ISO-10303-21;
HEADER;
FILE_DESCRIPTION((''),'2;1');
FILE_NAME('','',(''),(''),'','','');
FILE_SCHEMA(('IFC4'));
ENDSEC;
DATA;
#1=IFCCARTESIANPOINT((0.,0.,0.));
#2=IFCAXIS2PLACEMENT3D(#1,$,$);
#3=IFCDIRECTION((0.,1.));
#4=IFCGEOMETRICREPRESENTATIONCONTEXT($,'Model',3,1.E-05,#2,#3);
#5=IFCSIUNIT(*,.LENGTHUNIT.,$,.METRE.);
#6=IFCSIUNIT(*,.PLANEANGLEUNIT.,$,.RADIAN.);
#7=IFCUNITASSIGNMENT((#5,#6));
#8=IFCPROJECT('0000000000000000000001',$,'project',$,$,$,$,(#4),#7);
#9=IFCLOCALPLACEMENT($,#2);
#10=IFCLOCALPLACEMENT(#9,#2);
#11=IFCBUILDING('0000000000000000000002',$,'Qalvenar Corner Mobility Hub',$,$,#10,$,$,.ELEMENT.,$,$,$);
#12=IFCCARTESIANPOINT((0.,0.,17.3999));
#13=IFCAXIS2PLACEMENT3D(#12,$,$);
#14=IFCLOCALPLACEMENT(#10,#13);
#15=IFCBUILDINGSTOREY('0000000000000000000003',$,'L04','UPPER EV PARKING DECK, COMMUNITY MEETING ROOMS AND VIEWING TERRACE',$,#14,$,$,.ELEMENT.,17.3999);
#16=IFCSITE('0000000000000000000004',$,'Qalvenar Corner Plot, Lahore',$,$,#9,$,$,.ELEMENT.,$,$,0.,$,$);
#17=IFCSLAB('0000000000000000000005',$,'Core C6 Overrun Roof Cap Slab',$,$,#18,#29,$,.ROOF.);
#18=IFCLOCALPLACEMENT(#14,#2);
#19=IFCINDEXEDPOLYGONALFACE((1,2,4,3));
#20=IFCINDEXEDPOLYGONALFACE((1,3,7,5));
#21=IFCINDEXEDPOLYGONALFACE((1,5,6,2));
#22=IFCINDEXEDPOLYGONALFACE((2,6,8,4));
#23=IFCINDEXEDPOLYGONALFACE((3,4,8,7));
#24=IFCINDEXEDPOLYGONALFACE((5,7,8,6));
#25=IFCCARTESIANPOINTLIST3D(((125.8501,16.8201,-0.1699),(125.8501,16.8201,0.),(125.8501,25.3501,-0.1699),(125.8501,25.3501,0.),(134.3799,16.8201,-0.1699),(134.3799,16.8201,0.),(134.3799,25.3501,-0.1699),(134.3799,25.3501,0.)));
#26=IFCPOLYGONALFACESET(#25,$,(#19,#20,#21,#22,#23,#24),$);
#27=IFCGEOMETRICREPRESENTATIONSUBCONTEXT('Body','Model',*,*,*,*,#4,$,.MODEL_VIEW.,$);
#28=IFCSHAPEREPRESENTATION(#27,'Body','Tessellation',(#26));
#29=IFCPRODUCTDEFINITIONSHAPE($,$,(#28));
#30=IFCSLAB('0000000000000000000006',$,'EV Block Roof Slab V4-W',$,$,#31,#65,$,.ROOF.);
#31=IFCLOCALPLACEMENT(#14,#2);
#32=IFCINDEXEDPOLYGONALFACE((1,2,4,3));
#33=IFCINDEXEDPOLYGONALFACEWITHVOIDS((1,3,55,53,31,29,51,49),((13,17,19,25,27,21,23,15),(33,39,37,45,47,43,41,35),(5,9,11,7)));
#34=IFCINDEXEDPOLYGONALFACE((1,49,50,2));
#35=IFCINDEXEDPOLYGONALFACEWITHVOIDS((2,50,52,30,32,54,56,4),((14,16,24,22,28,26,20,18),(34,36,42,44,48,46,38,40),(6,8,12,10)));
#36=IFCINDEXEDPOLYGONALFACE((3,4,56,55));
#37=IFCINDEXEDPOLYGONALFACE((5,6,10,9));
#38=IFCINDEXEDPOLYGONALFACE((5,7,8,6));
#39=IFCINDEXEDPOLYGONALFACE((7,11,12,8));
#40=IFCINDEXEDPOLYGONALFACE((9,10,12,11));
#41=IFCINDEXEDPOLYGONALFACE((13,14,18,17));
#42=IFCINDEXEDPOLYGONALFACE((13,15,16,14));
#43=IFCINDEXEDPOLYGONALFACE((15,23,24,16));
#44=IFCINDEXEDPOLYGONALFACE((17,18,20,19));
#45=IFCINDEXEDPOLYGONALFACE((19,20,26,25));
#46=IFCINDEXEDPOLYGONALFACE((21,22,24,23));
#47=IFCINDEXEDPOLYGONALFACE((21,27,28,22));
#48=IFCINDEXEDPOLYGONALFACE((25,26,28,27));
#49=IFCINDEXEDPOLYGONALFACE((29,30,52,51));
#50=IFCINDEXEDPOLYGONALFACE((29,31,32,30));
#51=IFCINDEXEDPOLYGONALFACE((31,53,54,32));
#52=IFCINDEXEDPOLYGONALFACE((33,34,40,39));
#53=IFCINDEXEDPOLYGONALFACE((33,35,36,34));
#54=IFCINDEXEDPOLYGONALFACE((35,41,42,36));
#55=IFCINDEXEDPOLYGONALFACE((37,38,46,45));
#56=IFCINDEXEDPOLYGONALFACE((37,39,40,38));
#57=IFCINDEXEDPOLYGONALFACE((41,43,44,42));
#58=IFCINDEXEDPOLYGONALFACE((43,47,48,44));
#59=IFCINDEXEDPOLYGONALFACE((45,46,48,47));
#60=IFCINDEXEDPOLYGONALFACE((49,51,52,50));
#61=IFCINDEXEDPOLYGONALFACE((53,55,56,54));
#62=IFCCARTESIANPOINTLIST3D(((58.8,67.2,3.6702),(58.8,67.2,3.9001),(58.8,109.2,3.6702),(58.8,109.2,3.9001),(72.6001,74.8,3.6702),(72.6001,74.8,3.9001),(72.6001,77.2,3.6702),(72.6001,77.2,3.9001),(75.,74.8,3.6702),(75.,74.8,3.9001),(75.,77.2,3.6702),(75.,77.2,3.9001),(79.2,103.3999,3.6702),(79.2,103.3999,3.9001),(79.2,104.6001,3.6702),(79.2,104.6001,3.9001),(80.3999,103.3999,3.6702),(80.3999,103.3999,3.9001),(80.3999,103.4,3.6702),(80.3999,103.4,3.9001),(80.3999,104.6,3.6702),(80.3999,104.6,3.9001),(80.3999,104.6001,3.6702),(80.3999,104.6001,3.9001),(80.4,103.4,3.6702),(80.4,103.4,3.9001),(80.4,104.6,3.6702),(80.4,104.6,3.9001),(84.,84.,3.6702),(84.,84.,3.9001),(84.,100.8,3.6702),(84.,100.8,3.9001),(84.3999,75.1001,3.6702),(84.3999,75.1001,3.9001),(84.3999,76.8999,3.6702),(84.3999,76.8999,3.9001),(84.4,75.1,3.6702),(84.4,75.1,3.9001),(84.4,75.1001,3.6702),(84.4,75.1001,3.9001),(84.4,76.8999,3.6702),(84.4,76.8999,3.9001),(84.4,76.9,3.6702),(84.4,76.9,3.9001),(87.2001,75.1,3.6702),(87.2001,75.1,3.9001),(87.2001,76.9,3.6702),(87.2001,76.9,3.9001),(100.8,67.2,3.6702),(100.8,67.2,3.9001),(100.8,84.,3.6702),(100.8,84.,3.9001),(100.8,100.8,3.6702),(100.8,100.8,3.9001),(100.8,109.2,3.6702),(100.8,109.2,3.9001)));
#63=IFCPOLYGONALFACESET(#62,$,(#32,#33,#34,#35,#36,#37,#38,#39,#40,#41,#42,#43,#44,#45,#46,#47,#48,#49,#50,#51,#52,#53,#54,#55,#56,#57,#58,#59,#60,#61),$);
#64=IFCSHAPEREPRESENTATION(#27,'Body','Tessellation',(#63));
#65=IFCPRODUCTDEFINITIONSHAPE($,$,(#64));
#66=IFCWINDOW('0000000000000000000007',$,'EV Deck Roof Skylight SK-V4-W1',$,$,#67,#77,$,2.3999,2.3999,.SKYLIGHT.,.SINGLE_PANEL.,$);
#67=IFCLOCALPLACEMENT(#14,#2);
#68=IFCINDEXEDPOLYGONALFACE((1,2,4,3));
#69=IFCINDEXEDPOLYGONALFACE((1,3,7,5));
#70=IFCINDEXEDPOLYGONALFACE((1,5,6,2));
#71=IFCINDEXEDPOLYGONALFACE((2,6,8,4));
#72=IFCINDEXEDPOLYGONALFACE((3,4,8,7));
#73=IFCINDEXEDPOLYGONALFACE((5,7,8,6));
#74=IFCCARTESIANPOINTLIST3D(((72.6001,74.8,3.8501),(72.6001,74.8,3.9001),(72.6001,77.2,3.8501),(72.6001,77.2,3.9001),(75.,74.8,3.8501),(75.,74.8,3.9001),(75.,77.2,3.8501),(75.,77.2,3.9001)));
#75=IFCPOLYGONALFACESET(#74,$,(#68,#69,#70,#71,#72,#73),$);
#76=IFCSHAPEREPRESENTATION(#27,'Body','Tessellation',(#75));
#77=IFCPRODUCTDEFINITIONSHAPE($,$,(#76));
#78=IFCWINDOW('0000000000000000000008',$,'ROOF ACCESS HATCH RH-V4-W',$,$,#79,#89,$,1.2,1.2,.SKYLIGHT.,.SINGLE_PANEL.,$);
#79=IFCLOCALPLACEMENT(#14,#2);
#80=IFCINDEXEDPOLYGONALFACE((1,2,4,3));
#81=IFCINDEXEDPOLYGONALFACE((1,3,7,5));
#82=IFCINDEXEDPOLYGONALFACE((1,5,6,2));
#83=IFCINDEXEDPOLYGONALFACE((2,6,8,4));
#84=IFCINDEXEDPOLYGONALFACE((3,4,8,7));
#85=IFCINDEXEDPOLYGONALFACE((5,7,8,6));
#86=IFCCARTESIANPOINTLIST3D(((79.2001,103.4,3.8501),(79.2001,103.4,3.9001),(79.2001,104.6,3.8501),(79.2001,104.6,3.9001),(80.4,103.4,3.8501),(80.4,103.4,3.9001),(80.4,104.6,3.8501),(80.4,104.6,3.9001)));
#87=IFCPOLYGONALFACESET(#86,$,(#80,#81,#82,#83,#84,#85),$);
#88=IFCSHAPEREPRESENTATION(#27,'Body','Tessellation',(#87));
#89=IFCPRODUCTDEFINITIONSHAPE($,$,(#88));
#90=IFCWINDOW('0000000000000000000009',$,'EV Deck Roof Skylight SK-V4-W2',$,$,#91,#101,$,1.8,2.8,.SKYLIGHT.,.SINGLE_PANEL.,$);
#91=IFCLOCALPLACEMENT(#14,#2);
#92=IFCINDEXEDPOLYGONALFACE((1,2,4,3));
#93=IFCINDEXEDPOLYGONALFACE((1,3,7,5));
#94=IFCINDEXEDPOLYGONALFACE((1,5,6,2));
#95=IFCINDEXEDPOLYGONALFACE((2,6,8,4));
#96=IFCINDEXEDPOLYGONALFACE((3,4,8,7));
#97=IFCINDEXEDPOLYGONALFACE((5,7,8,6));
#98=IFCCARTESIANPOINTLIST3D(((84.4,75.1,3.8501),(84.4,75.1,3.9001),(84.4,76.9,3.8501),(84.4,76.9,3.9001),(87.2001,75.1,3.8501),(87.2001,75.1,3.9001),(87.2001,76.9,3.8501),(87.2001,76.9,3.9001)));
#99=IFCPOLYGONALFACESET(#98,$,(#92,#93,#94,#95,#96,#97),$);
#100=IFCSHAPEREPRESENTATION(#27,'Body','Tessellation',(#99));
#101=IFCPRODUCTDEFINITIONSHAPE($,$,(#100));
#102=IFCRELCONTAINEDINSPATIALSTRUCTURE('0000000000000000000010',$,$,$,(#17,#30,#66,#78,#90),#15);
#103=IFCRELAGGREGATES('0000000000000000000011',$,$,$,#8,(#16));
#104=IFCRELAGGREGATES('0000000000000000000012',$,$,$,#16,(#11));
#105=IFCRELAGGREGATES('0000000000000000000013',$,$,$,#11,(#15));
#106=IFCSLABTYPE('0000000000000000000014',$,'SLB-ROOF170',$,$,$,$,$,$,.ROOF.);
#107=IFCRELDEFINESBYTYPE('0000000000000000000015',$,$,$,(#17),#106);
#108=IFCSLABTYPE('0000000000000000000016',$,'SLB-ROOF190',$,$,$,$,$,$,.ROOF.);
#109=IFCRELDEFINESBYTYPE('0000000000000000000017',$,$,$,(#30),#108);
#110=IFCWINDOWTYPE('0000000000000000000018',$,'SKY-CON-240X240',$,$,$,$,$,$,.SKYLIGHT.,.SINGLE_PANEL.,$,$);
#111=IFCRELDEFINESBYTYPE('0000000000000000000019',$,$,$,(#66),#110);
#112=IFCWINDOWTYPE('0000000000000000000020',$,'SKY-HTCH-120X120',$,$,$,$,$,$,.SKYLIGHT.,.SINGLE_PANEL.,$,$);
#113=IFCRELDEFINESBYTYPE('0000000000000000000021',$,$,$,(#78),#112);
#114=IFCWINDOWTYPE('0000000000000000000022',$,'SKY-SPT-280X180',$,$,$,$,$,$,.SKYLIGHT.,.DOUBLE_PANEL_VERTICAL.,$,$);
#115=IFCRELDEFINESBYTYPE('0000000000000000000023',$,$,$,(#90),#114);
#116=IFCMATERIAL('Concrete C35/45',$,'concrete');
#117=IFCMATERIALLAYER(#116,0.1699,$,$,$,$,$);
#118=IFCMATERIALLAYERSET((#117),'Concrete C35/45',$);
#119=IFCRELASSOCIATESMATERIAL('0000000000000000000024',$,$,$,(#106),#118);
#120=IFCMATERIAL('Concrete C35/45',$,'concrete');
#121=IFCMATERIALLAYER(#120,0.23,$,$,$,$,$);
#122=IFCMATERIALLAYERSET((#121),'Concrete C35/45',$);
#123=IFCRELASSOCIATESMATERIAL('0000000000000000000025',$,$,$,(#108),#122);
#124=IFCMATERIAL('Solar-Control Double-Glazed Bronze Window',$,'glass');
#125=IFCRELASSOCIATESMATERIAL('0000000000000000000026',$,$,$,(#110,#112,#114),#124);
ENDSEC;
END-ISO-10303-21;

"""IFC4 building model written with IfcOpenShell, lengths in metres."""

from ifc_helpers import new_model, si_unit, direction, frame, origin, origin_2d, place, context, subcontext, project, spatial, polyline, rectangle, outline, extrude, material, layer, layer_set, type_object, element, fill, save


model = new_model("IFC4")

# Units and contexts
model_context = context("Model", 3, precision=1e-05, world=origin(), true_north=direction((0.0, 1.0)))
body_context = subcontext(model_context, "Body", "Model", "MODEL_VIEW")
ifc_project = project(units=[si_unit("LENGTHUNIT", "METRE"), si_unit("PLANEANGLEUNIT", "RADIAN")], contexts=[model_context])

# Site, building, storey
site_placement = place(None, origin())
site = spatial("IfcSite", under=ifc_project, at=site_placement, Name="Qalvenar Corner Plot, Lahore", CompositionType="ELEMENT", RefElevation=0.0)
building_placement = place(site_placement, origin())
building = spatial("IfcBuilding", under=site, at=building_placement, Name="Qalvenar Corner Mobility Hub", CompositionType="ELEMENT")
storey_placement = place(building_placement, frame((0.0, 0.0, 17.3999)))
storey = spatial("IfcBuildingStorey", under=building, at=storey_placement, Name="L04", Description="UPPER EV PARKING DECK, COMMUNITY MEETING ROOMS AND VIEWING TERRACE", CompositionType="ELEMENT", Elevation=17.3999)

# Slab
ifc_material_1 = material(Name="Concrete C35/45", Category="concrete")
ifc_layer_1 = layer(ifc_material_1, 0.1699)
ifc_layer_set_1 = layer_set([ifc_layer_1], Name="Concrete C35/45")
slab_type_1 = type_object("IfcSlabType", Name="SLB-ROOF170", PredefinedType="ROOF", material=ifc_layer_set_1)
slab_1_placement = place(storey_placement, frame((0.0, 0.0, -0.1699)))
element("IfcSlab", 1, at=slab_1_placement, inside=storey, type_object=slab_type_1, Name="Core C6 Overrun Roof Cap Slab", PredefinedType="ROOF", context=body_context, shape_type="SweptSolid", body=[
    extrude(outline(polyline([(125.8501, 16.8201), (134.3799, 16.8201), (134.3799, 25.3501), (125.8501, 25.3501), (125.8501, 16.8201)])), origin(), (0.0, 0.0, 1.0), 0.1699),
])

# Slab, openings, windows
ifc_material_2 = material(Name="Concrete C35/45", Category="concrete")
ifc_layer_2 = layer(ifc_material_2, 0.23)
ifc_layer_set_2 = layer_set([ifc_layer_2], Name="Concrete C35/45")
slab_type_2 = type_object("IfcSlabType", Name="SLB-ROOF190", PredefinedType="ROOF", material=ifc_layer_set_2)
slab_2_placement = place(storey_placement, frame((0.0, 0.0, 3.6702)))
slab_2 = element("IfcSlab", 2, at=slab_2_placement, inside=storey, type_object=slab_type_2, Name="EV Block Roof Slab V4-W", PredefinedType="ROOF", context=body_context, shape_type="SweptSolid", body=[
    extrude(outline(polyline([(58.8, 67.2), (100.8, 67.2), (100.8, 84.0), (84.0, 84.0), (84.0, 100.8), (100.8, 100.8), (100.8, 109.2), (58.8, 109.2), (58.8, 67.2)]), holes=[polyline([(72.6001, 74.8), (75.0, 74.8), (75.0, 77.2), (72.6001, 77.2), (72.6001, 74.8)]), polyline([(84.3999, 75.1001), (87.2, 75.1001), (87.2, 76.8999), (84.3999, 76.8999), (84.3999, 75.1001)]), polyline([(79.2, 103.3999), (80.3999, 103.3999), (80.3999, 104.6001), (79.2, 104.6001), (79.2, 103.3999)])]), origin(), (0.0, 0.0, 1.0), 0.23),
])
opening_1_placement = place(slab_2_placement, frame((73.8, 76.0, 0.0)))
opening_1 = element("IfcOpeningElement", 3, at=opening_1_placement, cuts=slab_2, PredefinedType="OPENING", context=body_context, shape_type="SweptSolid", body=[
    extrude(rectangle(XDim=2.3999, YDim=2.3999, at=origin_2d()), origin(), (0.0, 0.0, 1.0), 0.23),
])
opening_2_placement = place(slab_2_placement, frame((85.8, 76.0, 0.0)))
opening_2 = element("IfcOpeningElement", 4, at=opening_2_placement, cuts=slab_2, PredefinedType="OPENING", context=body_context, shape_type="SweptSolid", body=[
    extrude(rectangle(XDim=2.8, YDim=1.8, at=origin_2d()), origin(), (0.0, 0.0, 1.0), 0.23),
])
opening_3_placement = place(slab_2_placement, frame((79.8, 104.0, 0.0)))
opening_3 = element("IfcOpeningElement", 5, at=opening_3_placement, cuts=slab_2, PredefinedType="OPENING", context=body_context, shape_type="SweptSolid", body=[
    extrude(rectangle(XDim=1.2, YDim=1.2, at=origin_2d()), origin(), (0.0, 0.0, 1.0), 0.23),
])
ifc_material_3 = material(Name="Solar-Control Double-Glazed Bronze Window", Category="glass")
window_type_1 = type_object("IfcWindowType", Name="SKY-CON-240X240", PartitioningType="SINGLE_PANEL", PredefinedType="SKYLIGHT", material=ifc_material_3)
window_1_placement = place(opening_1_placement, frame((0.0, 0.0, 0.1799)))
window_1 = element("IfcWindow", 6, at=window_1_placement, inside=storey, type_object=window_type_1, Name="EV Deck Roof Skylight SK-V4-W1", OverallHeight=2.3999, OverallWidth=2.3999, PartitioningType="SINGLE_PANEL", PredefinedType="SKYLIGHT", context=body_context, shape_type="SweptSolid", body=[
    extrude(rectangle(XDim=2.3999, YDim=2.3999, at=origin_2d()), origin(), (0.0, 0.0, 1.0), 0.05),
])
fill(opening_1, window_1)
window_type_2 = type_object("IfcWindowType", Name="SKY-HTCH-120X120", PartitioningType="SINGLE_PANEL", PredefinedType="SKYLIGHT", material=ifc_material_3)
window_2_placement = place(opening_3_placement, frame((0.0, 0.0, 0.1799)))
window_2 = element("IfcWindow", 7, at=window_2_placement, inside=storey, type_object=window_type_2, Name="ROOF ACCESS HATCH RH-V4-W", OverallHeight=1.2, OverallWidth=1.2, PartitioningType="SINGLE_PANEL", PredefinedType="SKYLIGHT", context=body_context, shape_type="SweptSolid", body=[
    extrude(rectangle(XDim=1.2, YDim=1.2, at=origin_2d()), origin(), (0.0, 0.0, 1.0), 0.05),
])
fill(opening_3, window_2)
window_type_3 = type_object("IfcWindowType", Name="SKY-SPT-280X180", PartitioningType="DOUBLE_PANEL_VERTICAL", PredefinedType="SKYLIGHT", material=ifc_material_3)
window_3_placement = place(opening_2_placement, frame((0.0, 0.0, 0.1799)))
window_3 = element("IfcWindow", 8, at=window_3_placement, inside=storey, type_object=window_type_3, Name="EV Deck Roof Skylight SK-V4-W2", OverallHeight=1.8, OverallWidth=2.8, PartitioningType="SINGLE_PANEL", PredefinedType="SKYLIGHT", context=body_context, shape_type="SweptSolid", body=[
    extrude(rectangle(XDim=2.8, YDim=1.8, at=origin_2d()), origin(), (0.0, 0.0, 1.0), 0.05),
])
fill(opening_2, window_3)

save(model, "model.ifc")
